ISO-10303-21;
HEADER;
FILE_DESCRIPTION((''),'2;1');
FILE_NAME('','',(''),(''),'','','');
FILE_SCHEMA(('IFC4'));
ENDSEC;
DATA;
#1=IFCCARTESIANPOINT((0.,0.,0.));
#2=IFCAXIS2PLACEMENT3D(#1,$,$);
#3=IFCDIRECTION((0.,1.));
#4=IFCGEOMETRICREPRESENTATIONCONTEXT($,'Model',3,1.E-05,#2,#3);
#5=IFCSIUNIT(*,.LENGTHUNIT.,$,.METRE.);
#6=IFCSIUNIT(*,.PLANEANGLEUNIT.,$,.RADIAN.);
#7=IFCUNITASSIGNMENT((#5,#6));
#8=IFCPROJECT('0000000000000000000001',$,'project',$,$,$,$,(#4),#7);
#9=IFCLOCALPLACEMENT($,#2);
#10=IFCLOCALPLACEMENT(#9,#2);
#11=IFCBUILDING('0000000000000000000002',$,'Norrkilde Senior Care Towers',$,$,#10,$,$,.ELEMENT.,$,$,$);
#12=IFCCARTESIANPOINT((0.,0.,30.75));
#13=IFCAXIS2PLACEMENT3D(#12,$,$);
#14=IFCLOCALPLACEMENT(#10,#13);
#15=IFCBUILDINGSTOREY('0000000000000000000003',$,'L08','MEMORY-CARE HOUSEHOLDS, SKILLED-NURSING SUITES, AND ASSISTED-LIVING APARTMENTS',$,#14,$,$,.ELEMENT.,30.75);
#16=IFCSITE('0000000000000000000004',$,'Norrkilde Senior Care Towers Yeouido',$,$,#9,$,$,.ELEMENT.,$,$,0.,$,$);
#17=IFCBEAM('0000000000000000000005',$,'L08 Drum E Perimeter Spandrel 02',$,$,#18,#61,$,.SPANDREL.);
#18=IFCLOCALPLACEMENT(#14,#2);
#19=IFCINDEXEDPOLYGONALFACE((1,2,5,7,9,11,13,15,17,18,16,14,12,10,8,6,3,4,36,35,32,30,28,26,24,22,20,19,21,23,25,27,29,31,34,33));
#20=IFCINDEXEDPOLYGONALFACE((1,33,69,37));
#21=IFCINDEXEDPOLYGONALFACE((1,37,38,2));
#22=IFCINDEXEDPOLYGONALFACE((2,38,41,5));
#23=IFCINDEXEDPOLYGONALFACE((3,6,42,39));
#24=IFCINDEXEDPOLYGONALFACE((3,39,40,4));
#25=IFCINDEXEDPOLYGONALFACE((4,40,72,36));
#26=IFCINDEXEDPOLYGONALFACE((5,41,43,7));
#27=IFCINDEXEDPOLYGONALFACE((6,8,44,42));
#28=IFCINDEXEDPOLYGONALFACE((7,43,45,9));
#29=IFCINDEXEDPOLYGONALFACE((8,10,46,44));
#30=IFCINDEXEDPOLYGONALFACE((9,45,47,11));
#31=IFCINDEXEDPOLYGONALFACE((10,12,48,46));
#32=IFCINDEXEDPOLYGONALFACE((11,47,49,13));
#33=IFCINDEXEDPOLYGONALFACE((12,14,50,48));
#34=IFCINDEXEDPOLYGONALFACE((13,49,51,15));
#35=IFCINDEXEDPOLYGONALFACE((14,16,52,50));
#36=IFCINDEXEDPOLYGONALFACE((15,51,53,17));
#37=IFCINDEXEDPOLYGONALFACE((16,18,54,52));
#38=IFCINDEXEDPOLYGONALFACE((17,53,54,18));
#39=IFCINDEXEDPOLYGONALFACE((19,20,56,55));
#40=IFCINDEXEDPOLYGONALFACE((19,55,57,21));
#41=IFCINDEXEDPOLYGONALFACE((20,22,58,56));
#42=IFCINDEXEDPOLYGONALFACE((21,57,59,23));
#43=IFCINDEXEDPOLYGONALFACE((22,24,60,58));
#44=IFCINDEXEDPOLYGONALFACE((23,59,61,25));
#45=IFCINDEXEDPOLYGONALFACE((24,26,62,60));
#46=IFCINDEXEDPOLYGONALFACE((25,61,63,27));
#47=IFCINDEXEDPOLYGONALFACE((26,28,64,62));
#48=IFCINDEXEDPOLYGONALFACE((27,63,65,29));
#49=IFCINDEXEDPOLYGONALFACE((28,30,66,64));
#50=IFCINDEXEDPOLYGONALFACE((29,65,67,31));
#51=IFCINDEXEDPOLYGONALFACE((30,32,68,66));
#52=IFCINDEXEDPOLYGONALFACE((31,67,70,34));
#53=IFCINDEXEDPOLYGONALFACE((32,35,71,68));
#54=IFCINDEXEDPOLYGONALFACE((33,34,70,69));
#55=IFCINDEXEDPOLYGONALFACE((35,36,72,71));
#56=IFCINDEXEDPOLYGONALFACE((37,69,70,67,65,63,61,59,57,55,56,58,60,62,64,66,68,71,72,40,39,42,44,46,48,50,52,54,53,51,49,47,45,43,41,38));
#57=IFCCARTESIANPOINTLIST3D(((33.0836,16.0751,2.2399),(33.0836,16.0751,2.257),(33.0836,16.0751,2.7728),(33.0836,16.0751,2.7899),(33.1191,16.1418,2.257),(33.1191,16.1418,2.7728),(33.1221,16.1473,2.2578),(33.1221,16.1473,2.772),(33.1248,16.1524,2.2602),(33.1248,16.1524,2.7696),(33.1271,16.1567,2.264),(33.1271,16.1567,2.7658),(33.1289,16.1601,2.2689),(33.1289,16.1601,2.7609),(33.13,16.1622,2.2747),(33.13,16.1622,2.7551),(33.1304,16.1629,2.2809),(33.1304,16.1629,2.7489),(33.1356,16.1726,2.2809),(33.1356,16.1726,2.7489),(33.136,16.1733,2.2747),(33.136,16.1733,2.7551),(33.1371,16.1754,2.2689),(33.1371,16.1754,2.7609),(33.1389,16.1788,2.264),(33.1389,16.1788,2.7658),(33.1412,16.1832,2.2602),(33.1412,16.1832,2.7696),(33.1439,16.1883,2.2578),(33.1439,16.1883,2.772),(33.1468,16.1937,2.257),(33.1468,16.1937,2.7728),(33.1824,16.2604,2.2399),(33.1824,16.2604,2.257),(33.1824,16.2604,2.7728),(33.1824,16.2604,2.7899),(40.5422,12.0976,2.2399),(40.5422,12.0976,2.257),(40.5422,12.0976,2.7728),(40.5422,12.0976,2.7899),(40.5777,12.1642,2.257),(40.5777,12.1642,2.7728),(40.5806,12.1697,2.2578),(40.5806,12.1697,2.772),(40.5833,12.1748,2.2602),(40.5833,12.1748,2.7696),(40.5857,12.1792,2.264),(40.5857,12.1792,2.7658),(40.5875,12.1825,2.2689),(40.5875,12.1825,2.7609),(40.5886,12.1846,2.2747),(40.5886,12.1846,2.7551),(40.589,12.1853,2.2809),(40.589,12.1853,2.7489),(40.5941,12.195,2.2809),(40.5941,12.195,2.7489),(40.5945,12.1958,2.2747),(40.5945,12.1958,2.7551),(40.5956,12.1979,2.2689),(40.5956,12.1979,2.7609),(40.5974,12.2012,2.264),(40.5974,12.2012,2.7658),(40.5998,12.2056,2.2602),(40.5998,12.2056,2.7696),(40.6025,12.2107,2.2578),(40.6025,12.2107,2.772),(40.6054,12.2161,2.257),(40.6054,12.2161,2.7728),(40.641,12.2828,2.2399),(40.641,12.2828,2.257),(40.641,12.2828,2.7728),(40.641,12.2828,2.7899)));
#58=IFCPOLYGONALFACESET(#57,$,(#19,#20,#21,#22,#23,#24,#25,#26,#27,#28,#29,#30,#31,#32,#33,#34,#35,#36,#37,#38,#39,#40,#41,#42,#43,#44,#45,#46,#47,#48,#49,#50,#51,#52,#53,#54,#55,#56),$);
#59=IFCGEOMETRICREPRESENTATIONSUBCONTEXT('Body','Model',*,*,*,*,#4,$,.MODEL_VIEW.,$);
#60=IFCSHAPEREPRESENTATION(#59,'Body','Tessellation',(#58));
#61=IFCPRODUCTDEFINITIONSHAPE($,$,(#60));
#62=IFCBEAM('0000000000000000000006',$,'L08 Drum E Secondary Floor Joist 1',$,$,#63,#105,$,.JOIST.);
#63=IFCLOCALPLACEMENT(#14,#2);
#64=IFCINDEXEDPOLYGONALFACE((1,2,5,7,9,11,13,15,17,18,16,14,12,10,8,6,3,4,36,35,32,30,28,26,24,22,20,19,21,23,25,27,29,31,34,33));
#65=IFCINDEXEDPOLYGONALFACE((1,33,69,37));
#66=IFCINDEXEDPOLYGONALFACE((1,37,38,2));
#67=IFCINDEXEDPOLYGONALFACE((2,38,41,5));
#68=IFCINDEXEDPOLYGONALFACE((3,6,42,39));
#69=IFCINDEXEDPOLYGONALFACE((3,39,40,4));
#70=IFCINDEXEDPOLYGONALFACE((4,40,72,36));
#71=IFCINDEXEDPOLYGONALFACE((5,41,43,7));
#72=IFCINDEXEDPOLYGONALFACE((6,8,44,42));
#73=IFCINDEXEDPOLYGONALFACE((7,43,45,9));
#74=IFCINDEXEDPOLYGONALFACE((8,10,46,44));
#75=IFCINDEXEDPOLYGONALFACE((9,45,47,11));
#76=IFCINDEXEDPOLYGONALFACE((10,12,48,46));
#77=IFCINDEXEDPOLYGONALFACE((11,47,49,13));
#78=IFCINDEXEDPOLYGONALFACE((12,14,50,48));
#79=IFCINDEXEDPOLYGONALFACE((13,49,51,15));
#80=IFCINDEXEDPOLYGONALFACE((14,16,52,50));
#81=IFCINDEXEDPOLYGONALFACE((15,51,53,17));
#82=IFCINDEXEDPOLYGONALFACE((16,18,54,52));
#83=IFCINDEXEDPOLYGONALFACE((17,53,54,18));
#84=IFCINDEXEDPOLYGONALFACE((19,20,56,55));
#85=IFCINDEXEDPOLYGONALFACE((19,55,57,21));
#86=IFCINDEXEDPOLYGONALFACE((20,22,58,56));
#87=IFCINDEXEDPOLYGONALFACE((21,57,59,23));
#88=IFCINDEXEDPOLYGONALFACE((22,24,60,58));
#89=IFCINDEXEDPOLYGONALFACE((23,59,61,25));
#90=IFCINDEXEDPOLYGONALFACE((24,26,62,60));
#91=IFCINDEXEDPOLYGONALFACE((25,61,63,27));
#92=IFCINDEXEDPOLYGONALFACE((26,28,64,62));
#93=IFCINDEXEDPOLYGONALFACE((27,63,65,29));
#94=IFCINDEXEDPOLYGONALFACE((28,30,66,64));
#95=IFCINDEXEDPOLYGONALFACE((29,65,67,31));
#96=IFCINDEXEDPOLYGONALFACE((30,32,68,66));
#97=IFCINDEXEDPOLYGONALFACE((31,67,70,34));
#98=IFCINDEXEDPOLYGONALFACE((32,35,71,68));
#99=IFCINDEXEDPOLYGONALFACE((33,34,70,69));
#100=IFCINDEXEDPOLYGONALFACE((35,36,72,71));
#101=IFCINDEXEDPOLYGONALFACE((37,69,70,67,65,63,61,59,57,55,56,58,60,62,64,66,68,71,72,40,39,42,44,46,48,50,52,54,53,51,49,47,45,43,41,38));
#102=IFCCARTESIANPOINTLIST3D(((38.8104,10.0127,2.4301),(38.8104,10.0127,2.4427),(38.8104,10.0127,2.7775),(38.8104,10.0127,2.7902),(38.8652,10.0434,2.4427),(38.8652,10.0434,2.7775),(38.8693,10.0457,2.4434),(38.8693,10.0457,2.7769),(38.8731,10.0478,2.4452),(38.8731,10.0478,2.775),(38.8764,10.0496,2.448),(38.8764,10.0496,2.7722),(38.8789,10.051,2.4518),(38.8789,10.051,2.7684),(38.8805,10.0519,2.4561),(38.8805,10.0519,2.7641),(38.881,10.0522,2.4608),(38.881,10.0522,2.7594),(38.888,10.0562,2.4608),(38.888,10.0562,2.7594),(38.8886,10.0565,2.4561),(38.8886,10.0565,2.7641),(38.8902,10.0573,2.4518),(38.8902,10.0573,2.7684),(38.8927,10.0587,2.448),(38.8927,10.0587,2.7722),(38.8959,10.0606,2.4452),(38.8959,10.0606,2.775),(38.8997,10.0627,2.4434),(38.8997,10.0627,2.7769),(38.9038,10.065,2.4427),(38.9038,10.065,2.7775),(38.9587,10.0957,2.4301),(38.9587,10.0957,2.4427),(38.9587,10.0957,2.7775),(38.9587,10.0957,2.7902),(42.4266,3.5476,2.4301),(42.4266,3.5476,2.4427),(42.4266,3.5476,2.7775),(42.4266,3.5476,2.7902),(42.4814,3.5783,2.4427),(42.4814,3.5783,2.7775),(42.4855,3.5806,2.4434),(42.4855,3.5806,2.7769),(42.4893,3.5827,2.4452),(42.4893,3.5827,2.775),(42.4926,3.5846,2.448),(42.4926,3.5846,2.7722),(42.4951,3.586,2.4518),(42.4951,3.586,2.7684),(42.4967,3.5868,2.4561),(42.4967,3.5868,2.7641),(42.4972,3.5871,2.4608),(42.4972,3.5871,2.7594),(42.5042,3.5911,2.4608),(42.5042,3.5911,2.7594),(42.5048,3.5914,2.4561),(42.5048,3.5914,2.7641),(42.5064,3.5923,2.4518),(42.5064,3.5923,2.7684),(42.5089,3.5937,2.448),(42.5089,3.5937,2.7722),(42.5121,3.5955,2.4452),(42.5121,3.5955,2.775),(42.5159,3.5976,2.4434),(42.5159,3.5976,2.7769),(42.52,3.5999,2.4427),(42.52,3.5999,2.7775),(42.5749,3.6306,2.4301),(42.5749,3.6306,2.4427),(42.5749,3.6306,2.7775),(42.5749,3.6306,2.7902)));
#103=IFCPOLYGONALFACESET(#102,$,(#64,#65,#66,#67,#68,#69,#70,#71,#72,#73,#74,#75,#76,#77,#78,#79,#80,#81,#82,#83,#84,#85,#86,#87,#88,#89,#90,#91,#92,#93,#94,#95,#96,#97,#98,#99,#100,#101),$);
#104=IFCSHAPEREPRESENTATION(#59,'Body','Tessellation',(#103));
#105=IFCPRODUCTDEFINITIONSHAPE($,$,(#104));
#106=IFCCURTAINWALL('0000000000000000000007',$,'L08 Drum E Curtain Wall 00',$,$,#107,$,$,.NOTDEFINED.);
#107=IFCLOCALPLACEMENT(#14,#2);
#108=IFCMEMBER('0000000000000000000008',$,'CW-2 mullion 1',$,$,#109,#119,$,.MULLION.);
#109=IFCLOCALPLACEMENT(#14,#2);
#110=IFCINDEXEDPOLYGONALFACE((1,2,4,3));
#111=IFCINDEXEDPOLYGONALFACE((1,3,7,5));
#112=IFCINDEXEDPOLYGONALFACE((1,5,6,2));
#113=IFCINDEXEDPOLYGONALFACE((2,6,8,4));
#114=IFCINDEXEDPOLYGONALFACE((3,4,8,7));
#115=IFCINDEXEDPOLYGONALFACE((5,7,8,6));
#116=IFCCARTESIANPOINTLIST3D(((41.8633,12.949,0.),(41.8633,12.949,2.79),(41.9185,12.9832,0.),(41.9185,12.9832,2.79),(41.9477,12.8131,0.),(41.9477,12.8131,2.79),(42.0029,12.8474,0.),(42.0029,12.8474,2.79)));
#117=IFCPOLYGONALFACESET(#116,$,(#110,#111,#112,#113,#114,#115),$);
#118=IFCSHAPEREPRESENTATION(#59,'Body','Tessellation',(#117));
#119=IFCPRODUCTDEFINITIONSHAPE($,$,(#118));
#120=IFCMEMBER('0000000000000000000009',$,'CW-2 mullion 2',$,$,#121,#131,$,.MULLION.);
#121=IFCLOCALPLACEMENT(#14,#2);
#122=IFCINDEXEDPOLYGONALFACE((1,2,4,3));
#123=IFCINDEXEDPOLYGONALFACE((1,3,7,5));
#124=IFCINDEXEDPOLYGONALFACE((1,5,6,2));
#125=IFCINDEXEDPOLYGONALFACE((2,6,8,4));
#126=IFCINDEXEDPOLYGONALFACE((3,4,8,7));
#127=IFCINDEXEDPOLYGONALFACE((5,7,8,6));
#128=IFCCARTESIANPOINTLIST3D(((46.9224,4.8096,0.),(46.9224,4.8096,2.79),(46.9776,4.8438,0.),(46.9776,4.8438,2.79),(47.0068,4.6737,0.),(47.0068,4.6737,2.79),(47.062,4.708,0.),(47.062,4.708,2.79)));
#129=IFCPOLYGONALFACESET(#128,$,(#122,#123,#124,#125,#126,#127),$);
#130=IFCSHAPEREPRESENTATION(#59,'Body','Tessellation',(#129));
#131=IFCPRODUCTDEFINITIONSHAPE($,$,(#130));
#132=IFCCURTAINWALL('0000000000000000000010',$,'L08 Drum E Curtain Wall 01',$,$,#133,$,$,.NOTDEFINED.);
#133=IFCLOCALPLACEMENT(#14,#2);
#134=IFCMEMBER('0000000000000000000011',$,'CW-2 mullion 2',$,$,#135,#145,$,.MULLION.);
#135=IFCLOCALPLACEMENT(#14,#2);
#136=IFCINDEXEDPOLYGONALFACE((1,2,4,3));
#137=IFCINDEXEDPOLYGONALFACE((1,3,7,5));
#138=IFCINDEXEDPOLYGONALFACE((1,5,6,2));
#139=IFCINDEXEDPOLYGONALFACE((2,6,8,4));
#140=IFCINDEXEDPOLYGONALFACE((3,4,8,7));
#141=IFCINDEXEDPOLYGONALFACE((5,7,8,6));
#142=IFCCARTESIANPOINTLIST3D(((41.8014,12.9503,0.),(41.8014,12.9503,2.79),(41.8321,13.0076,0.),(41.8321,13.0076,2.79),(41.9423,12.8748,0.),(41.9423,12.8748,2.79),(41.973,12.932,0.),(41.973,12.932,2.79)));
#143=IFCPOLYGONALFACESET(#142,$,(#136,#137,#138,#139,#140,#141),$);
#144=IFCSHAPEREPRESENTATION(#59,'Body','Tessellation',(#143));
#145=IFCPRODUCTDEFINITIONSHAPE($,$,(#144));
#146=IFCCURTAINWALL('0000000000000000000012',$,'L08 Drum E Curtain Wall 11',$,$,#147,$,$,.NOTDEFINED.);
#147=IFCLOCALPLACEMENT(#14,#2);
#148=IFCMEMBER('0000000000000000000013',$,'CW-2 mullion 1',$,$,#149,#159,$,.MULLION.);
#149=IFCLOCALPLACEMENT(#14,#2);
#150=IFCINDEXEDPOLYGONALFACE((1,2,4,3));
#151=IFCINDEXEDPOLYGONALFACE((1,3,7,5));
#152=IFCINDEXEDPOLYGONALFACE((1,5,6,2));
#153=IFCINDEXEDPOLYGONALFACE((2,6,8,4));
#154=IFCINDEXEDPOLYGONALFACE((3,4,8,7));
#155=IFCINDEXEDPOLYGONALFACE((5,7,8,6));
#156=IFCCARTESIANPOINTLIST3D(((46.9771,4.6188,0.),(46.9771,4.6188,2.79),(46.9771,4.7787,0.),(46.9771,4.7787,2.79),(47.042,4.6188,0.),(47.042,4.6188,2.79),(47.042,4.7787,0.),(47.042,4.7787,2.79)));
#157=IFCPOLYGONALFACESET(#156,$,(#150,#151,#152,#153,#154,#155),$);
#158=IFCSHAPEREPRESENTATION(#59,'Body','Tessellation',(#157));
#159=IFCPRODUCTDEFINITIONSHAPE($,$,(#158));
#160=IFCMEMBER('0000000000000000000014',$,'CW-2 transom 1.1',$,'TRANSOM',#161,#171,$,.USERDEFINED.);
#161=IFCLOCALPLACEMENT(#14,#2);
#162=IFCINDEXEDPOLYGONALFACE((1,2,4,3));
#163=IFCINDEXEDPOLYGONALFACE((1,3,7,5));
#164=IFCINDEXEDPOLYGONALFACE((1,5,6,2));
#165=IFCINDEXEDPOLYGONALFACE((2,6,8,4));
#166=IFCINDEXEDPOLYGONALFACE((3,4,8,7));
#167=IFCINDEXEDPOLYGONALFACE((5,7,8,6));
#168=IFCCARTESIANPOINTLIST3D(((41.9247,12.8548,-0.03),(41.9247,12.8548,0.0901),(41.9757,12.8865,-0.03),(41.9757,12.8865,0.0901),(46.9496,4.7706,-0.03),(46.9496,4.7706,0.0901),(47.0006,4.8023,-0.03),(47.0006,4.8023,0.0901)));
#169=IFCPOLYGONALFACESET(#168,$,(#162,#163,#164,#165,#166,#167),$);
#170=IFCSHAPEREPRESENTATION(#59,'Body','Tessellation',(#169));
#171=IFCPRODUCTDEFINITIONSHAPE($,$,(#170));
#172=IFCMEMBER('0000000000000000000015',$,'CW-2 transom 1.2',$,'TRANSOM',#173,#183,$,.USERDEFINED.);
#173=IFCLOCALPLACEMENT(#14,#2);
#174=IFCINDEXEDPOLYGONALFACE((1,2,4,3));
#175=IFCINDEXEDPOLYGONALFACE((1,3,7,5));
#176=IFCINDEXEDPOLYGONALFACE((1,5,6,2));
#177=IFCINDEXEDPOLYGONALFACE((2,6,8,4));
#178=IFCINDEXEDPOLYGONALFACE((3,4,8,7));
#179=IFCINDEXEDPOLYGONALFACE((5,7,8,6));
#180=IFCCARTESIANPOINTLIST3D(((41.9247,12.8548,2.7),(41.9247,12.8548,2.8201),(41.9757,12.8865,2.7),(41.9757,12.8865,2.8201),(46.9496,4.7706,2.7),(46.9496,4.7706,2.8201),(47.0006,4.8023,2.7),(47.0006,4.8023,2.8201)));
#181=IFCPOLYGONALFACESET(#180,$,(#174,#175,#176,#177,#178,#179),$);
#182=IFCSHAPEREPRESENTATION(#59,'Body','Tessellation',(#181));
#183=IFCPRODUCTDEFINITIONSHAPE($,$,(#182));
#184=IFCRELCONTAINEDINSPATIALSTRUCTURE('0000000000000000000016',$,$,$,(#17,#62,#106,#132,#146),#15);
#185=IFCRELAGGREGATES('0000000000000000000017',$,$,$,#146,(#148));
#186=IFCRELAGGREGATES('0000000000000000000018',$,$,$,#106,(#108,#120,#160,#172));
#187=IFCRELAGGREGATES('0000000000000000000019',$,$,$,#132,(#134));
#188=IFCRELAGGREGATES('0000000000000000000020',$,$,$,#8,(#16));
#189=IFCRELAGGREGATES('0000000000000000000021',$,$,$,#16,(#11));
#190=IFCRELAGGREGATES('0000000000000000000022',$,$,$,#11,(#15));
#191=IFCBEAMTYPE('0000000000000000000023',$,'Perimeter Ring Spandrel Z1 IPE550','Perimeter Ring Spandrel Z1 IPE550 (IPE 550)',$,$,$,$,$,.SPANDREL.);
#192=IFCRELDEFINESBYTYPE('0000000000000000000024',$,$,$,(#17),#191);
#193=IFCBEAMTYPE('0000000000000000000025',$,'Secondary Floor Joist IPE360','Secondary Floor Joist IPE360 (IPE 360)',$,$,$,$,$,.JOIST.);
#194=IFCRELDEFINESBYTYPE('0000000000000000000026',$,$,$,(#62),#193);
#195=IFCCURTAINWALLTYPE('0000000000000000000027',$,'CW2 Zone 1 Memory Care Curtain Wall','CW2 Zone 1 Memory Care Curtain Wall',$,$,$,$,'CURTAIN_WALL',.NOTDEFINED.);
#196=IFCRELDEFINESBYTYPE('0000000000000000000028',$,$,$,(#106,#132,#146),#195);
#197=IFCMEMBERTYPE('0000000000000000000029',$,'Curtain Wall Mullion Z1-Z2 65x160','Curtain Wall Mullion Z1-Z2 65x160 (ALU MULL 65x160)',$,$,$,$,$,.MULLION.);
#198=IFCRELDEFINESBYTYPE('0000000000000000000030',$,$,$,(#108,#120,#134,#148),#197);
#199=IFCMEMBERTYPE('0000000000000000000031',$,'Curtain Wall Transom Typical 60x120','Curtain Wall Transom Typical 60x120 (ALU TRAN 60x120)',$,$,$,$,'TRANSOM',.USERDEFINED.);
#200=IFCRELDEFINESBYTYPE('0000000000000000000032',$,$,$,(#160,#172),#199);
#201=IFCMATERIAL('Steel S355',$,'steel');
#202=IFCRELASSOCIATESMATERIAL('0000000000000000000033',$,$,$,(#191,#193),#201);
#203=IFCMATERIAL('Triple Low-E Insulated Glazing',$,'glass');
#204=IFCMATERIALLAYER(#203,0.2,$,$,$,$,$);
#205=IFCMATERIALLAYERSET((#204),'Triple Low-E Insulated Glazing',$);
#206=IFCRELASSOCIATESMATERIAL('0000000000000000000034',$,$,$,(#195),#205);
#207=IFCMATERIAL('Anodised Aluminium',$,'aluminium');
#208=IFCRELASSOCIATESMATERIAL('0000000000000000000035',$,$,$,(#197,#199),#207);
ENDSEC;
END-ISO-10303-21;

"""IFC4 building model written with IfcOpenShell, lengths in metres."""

from ifc_helpers import new_model, si_unit, direction, frame, origin, origin_2d, place, context, subcontext, project, spatial, rectangle, i_section, extrude, source, transform, mapped, material, layer, layer_set, material_profile, profile_set, type_object, type_shapes, element, aggregate, save


model = new_model("IFC4")

# Units and contexts
model_context = context("Model", 3, precision=1e-05, world=origin(), true_north=direction((0.0, 1.0)))
body_context = subcontext(model_context, "Body", "Model", "MODEL_VIEW")
ifc_project = project(units=[si_unit("LENGTHUNIT", "METRE"), si_unit("PLANEANGLEUNIT", "RADIAN")], contexts=[model_context])

# Site, building, storey
site_placement = place(None, origin())
site = spatial("IfcSite", under=ifc_project, at=site_placement, Name="Norrkilde Senior Care Towers Yeouido", CompositionType="ELEMENT", RefElevation=0.0)
building_placement = place(site_placement, origin())
building = spatial("IfcBuilding", under=site, at=building_placement, Name="Norrkilde Senior Care Towers", CompositionType="ELEMENT")
storey_placement = place(building_placement, frame((0.0, 0.0, 30.75)))
storey = spatial("IfcBuildingStorey", under=building, at=storey_placement, Name="L08", Description="MEMORY-CARE HOUSEHOLDS, SKILLED-NURSING SUITES, AND ASSISTED-LIVING APARTMENTS", CompositionType="ELEMENT", Elevation=30.75)

# Beams
ifc_material_1 = material(Name="Steel S355", Category="steel")
ifc_material_profile_1 = material_profile(ifc_material_1, i_section(OverallWidth=0.21, OverallDepth=0.55, WebThickness=0.011, FlangeThickness=0.0171, FilletRadius=0.0239, at=origin_2d()), Name="IPE 550")
ifc_profile_set_1 = profile_set([ifc_material_profile_1], Name="Steel S355")
beam_type_1 = type_object("IfcBeamType", Name="Perimeter Ring Spandrel Z1 IPE550", Description="Perimeter Ring Spandrel Z1 IPE550 (IPE 550)", PredefinedType="SPANDREL", material=ifc_profile_set_1)
shared_shape_1 = source(origin(), body_context, "Body", "SweptSolid", [
    extrude(i_section(OverallWidth=0.21, OverallDepth=0.55, WebThickness=0.011, FlangeThickness=0.0171, FilletRadius=0.0239, at=origin_2d()), origin(), (0.0, 0.0, 1.0), 8.4529),
])
beam_1_placement = place(storey_placement, frame((40.5916, 12.1902, 2.5149), z_axis=(-0.882369, 0.470558, 0.0), x_axis=(-0.470558, -0.882369, 0.0)))
element("IfcBeam", 1, at=beam_1_placement, inside=storey, type_object=beam_type_1, Name="L08 Drum E Perimeter Spandrel 02", PredefinedType="SPANDREL", context=body_context, shape_type="MappedRepresentation", body=[
    mapped(shared_shape_1, transform((0.0, 0.0, 0.0), x_axis=(1.0, 0.0, 0.0), y_axis=(0.0, 1.0, 0.0), z_axis=(0.0, 0.0, 1.0), scale=1.0)),
])
ifc_material_profile_2 = material_profile(ifc_material_1, i_section(OverallWidth=0.1699, OverallDepth=0.3601, WebThickness=0.0081, FlangeThickness=0.0127, FilletRadius=0.0181, at=origin_2d()), Name="IPE 360")
ifc_profile_set_2 = profile_set([ifc_material_profile_2], Name="Steel S355")
beam_type_2 = type_object("IfcBeamType", Name="Secondary Floor Joist IPE360", Description="Secondary Floor Joist IPE360 (IPE 360)", PredefinedType="JOIST", material=ifc_profile_set_2)
shared_shape_2 = source(origin(), body_context, "Body", "SweptSolid", [
    extrude(i_section(OverallWidth=0.1699, OverallDepth=0.3601, WebThickness=0.0081, FlangeThickness=0.0127, FilletRadius=0.0181, at=origin_2d()), origin(), (0.0, 0.0, 1.0), 7.4077),
])
type_shapes(beam_type_2, [shared_shape_2])
beam_2_placement = place(storey_placement, frame((42.5007, 3.5891, 2.6101), z_axis=(-0.488168, 0.87275, 0.0), x_axis=(-0.87275, -0.488168, 0.0)))
element("IfcBeam", 2, at=beam_2_placement, inside=storey, type_object=beam_type_2, Name="L08 Drum E Secondary Floor Joist 1", PredefinedType="JOIST", context=body_context, shape_type="MappedRepresentation", body=[
    mapped(shared_shape_2, transform((0.0, 0.0, 0.0), x_axis=(1.0, 0.0, 0.0), y_axis=(0.0, 1.0, 0.0), z_axis=(0.0, 0.0, 1.0), scale=1.0)),
])

# Curtain wall, members
ifc_material_2 = material(Name="Triple Low-E Insulated Glazing", Category="glass")
ifc_layer_1 = layer(ifc_material_2, 0.2)
ifc_layer_set_1 = layer_set([ifc_layer_1], Name="Triple Low-E Insulated Glazing")
curtain_wall_type = type_object("IfcCurtainWallType", Name="CW2 Zone 1 Memory Care Curtain Wall", Description="CW2 Zone 1 Memory Care Curtain Wall", ElementType="CURTAIN_WALL", PredefinedType="NOTDEFINED", material=ifc_layer_set_1)
curtain_wall_1_placement = place(storey_placement, origin())
curtain_wall_1 = element("IfcCurtainWall", 3, at=curtain_wall_1_placement, inside=storey, type_object=curtain_wall_type, Name="L08 Drum E Curtain Wall 00", PredefinedType="NOTDEFINED")
ifc_material_3 = material(Name="Anodised Aluminium", Category="aluminium")
ifc_material_profile_3 = material_profile(ifc_material_3, rectangle(XDim=0.0649, YDim=0.1599, at=origin_2d()), Name="ALU MULL 65x160")
ifc_profile_set_3 = profile_set([ifc_material_profile_3], Name="Anodised Aluminium")
member_type_1 = type_object("IfcMemberType", Name="Curtain Wall Mullion Z1-Z2 65x160", Description="Curtain Wall Mullion Z1-Z2 65x160 (ALU MULL 65x160)", PredefinedType="MULLION", material=ifc_profile_set_3)
shared_shape_3 = source(origin(), body_context, "Body", "SweptSolid", [
    extrude(rectangle(XDim=0.0649, YDim=0.1599, at=origin_2d()), origin(), (0.0, 0.0, 1.0), 2.79),
])
type_shapes(member_type_1, [shared_shape_3])
member_1_placement = place(storey_placement, frame((41.9331, 12.8982, 0.0), z_axis=(0.0, 0.0, 1.0), x_axis=(0.849306, 0.527901, 0.0)))
member_1 = element("IfcMember", 4, at=member_1_placement, type_object=member_type_1, Name="CW-2 mullion 1", PredefinedType="MULLION", context=body_context, shape_type="MappedRepresentation", body=[
    mapped(shared_shape_3, transform((0.0, 0.0, 0.0), x_axis=(1.0, 0.0, 0.0), y_axis=(0.0, 1.0, 0.0), z_axis=(0.0, 0.0, 1.0), scale=1.0)),
])
member_2_placement = place(storey_placement, frame((46.9922, 4.7588, 0.0), z_axis=(0.0, 0.0, 1.0), x_axis=(0.849306, 0.527901, 0.0)))
member_2 = element("IfcMember", 5, at=member_2_placement, type_object=member_type_1, Name="CW-2 mullion 2", PredefinedType="MULLION", context=body_context, shape_type="MappedRepresentation", body=[
    mapped(shared_shape_3, transform((0.0, 0.0, 0.0), x_axis=(1.0, 0.0, 0.0), y_axis=(0.0, 1.0, 0.0), z_axis=(0.0, 0.0, 1.0), scale=1.0)),
])

# Curtain walls, members
curtain_wall_2_placement = place(storey_placement, origin())
curtain_wall_2 = element("IfcCurtainWall", 6, at=curtain_wall_2_placement, inside=storey, type_object=curtain_wall_type, Name="L08 Drum E Curtain Wall 01", PredefinedType="NOTDEFINED")
member_3_placement = place(storey_placement, frame((41.8872, 12.9412, 0.0), z_axis=(0.0, 0.0, 1.0), x_axis=(0.472608, 0.881273, 0.0)))
member_3 = element("IfcMember", 7, at=member_3_placement, type_object=member_type_1, Name="CW-2 mullion 2", PredefinedType="MULLION", context=body_context, shape_type="MappedRepresentation", body=[
    mapped(shared_shape_3, transform((0.0, 0.0, 0.0), x_axis=(1.0, 0.0, 0.0), y_axis=(0.0, 1.0, 0.0), z_axis=(0.0, 0.0, 1.0), scale=1.0)),
])
curtain_wall_3_placement = place(storey_placement, origin())
curtain_wall_3 = element("IfcCurtainWall", 8, at=curtain_wall_3_placement, inside=storey, type_object=curtain_wall_type, Name="L08 Drum E Curtain Wall 11", PredefinedType="NOTDEFINED")
member_4_placement = place(storey_placement, frame((47.0095, 4.6987, 0.0), z_axis=(0.0, 0.0, 1.0), x_axis=(1.0, 0.0, 0.0)))
member_4 = element("IfcMember", 9, at=member_4_placement, type_object=member_type_1, Name="CW-2 mullion 1", PredefinedType="MULLION", context=body_context, shape_type="MappedRepresentation", body=[
    mapped(shared_shape_3, transform((0.0, 0.0, 0.0), x_axis=(1.0, 0.0, 0.0), y_axis=(0.0, 1.0, 0.0), z_axis=(0.0, 0.0, 1.0), scale=1.0)),
])

# Members
ifc_material_profile_4 = material_profile(ifc_material_3, rectangle(XDim=0.0601, YDim=0.1201, at=origin_2d()), Name="ALU TRAN 60x120")
ifc_profile_set_4 = profile_set([ifc_material_profile_4], Name="Anodised Aluminium")
member_type_2 = type_object("IfcMemberType", Name="Curtain Wall Transom Typical 60x120", Description="Curtain Wall Transom Typical 60x120 (ALU TRAN 60x120)", ElementType="TRANSOM", PredefinedType="USERDEFINED", material=ifc_profile_set_4)
shared_shape_4 = source(origin(), body_context, "Body", "SweptSolid", [
    extrude(rectangle(XDim=0.0601, YDim=0.1201, at=origin_2d()), origin(), (0.0, 0.0, 1.0), 9.5186),
])
member_5_placement = place(storey_placement, frame((41.9502, 12.8706, 0.03), z_axis=(0.527902, -0.849306, 0.0), x_axis=(0.849306, 0.527902, 0.0)))
member_5 = element("IfcMember", 10, at=member_5_placement, type_object=member_type_2, Name="CW-2 transom 1.1", ObjectType="TRANSOM", PredefinedType="USERDEFINED", context=body_context, shape_type="MappedRepresentation", body=[
    mapped(shared_shape_4, transform((0.0, 0.0, 0.0), x_axis=(1.0, 0.0, 0.0), y_axis=(0.0, 1.0, 0.0), z_axis=(0.0, 0.0, 1.0), scale=1.0)),
])
member_6_placement = place(storey_placement, frame((41.9502, 12.8706, 2.76), z_axis=(0.527902, -0.849306, 0.0), x_axis=(0.849306, 0.527902, 0.0)))
member_6 = element("IfcMember", 11, at=member_6_placement, type_object=member_type_2, Name="CW-2 transom 1.2", ObjectType="TRANSOM", PredefinedType="USERDEFINED", context=body_context, shape_type="MappedRepresentation", body=[
    mapped(shared_shape_4, transform((0.0, 0.0, 0.0), x_axis=(1.0, 0.0, 0.0), y_axis=(0.0, 1.0, 0.0), z_axis=(0.0, 0.0, 1.0), scale=1.0)),
])
aggregate(curtain_wall_3, [member_4])

aggregate(curtain_wall_1, [member_1, member_2, member_5, member_6])
aggregate(curtain_wall_2, [member_3])

save(model, "model.ifc")
